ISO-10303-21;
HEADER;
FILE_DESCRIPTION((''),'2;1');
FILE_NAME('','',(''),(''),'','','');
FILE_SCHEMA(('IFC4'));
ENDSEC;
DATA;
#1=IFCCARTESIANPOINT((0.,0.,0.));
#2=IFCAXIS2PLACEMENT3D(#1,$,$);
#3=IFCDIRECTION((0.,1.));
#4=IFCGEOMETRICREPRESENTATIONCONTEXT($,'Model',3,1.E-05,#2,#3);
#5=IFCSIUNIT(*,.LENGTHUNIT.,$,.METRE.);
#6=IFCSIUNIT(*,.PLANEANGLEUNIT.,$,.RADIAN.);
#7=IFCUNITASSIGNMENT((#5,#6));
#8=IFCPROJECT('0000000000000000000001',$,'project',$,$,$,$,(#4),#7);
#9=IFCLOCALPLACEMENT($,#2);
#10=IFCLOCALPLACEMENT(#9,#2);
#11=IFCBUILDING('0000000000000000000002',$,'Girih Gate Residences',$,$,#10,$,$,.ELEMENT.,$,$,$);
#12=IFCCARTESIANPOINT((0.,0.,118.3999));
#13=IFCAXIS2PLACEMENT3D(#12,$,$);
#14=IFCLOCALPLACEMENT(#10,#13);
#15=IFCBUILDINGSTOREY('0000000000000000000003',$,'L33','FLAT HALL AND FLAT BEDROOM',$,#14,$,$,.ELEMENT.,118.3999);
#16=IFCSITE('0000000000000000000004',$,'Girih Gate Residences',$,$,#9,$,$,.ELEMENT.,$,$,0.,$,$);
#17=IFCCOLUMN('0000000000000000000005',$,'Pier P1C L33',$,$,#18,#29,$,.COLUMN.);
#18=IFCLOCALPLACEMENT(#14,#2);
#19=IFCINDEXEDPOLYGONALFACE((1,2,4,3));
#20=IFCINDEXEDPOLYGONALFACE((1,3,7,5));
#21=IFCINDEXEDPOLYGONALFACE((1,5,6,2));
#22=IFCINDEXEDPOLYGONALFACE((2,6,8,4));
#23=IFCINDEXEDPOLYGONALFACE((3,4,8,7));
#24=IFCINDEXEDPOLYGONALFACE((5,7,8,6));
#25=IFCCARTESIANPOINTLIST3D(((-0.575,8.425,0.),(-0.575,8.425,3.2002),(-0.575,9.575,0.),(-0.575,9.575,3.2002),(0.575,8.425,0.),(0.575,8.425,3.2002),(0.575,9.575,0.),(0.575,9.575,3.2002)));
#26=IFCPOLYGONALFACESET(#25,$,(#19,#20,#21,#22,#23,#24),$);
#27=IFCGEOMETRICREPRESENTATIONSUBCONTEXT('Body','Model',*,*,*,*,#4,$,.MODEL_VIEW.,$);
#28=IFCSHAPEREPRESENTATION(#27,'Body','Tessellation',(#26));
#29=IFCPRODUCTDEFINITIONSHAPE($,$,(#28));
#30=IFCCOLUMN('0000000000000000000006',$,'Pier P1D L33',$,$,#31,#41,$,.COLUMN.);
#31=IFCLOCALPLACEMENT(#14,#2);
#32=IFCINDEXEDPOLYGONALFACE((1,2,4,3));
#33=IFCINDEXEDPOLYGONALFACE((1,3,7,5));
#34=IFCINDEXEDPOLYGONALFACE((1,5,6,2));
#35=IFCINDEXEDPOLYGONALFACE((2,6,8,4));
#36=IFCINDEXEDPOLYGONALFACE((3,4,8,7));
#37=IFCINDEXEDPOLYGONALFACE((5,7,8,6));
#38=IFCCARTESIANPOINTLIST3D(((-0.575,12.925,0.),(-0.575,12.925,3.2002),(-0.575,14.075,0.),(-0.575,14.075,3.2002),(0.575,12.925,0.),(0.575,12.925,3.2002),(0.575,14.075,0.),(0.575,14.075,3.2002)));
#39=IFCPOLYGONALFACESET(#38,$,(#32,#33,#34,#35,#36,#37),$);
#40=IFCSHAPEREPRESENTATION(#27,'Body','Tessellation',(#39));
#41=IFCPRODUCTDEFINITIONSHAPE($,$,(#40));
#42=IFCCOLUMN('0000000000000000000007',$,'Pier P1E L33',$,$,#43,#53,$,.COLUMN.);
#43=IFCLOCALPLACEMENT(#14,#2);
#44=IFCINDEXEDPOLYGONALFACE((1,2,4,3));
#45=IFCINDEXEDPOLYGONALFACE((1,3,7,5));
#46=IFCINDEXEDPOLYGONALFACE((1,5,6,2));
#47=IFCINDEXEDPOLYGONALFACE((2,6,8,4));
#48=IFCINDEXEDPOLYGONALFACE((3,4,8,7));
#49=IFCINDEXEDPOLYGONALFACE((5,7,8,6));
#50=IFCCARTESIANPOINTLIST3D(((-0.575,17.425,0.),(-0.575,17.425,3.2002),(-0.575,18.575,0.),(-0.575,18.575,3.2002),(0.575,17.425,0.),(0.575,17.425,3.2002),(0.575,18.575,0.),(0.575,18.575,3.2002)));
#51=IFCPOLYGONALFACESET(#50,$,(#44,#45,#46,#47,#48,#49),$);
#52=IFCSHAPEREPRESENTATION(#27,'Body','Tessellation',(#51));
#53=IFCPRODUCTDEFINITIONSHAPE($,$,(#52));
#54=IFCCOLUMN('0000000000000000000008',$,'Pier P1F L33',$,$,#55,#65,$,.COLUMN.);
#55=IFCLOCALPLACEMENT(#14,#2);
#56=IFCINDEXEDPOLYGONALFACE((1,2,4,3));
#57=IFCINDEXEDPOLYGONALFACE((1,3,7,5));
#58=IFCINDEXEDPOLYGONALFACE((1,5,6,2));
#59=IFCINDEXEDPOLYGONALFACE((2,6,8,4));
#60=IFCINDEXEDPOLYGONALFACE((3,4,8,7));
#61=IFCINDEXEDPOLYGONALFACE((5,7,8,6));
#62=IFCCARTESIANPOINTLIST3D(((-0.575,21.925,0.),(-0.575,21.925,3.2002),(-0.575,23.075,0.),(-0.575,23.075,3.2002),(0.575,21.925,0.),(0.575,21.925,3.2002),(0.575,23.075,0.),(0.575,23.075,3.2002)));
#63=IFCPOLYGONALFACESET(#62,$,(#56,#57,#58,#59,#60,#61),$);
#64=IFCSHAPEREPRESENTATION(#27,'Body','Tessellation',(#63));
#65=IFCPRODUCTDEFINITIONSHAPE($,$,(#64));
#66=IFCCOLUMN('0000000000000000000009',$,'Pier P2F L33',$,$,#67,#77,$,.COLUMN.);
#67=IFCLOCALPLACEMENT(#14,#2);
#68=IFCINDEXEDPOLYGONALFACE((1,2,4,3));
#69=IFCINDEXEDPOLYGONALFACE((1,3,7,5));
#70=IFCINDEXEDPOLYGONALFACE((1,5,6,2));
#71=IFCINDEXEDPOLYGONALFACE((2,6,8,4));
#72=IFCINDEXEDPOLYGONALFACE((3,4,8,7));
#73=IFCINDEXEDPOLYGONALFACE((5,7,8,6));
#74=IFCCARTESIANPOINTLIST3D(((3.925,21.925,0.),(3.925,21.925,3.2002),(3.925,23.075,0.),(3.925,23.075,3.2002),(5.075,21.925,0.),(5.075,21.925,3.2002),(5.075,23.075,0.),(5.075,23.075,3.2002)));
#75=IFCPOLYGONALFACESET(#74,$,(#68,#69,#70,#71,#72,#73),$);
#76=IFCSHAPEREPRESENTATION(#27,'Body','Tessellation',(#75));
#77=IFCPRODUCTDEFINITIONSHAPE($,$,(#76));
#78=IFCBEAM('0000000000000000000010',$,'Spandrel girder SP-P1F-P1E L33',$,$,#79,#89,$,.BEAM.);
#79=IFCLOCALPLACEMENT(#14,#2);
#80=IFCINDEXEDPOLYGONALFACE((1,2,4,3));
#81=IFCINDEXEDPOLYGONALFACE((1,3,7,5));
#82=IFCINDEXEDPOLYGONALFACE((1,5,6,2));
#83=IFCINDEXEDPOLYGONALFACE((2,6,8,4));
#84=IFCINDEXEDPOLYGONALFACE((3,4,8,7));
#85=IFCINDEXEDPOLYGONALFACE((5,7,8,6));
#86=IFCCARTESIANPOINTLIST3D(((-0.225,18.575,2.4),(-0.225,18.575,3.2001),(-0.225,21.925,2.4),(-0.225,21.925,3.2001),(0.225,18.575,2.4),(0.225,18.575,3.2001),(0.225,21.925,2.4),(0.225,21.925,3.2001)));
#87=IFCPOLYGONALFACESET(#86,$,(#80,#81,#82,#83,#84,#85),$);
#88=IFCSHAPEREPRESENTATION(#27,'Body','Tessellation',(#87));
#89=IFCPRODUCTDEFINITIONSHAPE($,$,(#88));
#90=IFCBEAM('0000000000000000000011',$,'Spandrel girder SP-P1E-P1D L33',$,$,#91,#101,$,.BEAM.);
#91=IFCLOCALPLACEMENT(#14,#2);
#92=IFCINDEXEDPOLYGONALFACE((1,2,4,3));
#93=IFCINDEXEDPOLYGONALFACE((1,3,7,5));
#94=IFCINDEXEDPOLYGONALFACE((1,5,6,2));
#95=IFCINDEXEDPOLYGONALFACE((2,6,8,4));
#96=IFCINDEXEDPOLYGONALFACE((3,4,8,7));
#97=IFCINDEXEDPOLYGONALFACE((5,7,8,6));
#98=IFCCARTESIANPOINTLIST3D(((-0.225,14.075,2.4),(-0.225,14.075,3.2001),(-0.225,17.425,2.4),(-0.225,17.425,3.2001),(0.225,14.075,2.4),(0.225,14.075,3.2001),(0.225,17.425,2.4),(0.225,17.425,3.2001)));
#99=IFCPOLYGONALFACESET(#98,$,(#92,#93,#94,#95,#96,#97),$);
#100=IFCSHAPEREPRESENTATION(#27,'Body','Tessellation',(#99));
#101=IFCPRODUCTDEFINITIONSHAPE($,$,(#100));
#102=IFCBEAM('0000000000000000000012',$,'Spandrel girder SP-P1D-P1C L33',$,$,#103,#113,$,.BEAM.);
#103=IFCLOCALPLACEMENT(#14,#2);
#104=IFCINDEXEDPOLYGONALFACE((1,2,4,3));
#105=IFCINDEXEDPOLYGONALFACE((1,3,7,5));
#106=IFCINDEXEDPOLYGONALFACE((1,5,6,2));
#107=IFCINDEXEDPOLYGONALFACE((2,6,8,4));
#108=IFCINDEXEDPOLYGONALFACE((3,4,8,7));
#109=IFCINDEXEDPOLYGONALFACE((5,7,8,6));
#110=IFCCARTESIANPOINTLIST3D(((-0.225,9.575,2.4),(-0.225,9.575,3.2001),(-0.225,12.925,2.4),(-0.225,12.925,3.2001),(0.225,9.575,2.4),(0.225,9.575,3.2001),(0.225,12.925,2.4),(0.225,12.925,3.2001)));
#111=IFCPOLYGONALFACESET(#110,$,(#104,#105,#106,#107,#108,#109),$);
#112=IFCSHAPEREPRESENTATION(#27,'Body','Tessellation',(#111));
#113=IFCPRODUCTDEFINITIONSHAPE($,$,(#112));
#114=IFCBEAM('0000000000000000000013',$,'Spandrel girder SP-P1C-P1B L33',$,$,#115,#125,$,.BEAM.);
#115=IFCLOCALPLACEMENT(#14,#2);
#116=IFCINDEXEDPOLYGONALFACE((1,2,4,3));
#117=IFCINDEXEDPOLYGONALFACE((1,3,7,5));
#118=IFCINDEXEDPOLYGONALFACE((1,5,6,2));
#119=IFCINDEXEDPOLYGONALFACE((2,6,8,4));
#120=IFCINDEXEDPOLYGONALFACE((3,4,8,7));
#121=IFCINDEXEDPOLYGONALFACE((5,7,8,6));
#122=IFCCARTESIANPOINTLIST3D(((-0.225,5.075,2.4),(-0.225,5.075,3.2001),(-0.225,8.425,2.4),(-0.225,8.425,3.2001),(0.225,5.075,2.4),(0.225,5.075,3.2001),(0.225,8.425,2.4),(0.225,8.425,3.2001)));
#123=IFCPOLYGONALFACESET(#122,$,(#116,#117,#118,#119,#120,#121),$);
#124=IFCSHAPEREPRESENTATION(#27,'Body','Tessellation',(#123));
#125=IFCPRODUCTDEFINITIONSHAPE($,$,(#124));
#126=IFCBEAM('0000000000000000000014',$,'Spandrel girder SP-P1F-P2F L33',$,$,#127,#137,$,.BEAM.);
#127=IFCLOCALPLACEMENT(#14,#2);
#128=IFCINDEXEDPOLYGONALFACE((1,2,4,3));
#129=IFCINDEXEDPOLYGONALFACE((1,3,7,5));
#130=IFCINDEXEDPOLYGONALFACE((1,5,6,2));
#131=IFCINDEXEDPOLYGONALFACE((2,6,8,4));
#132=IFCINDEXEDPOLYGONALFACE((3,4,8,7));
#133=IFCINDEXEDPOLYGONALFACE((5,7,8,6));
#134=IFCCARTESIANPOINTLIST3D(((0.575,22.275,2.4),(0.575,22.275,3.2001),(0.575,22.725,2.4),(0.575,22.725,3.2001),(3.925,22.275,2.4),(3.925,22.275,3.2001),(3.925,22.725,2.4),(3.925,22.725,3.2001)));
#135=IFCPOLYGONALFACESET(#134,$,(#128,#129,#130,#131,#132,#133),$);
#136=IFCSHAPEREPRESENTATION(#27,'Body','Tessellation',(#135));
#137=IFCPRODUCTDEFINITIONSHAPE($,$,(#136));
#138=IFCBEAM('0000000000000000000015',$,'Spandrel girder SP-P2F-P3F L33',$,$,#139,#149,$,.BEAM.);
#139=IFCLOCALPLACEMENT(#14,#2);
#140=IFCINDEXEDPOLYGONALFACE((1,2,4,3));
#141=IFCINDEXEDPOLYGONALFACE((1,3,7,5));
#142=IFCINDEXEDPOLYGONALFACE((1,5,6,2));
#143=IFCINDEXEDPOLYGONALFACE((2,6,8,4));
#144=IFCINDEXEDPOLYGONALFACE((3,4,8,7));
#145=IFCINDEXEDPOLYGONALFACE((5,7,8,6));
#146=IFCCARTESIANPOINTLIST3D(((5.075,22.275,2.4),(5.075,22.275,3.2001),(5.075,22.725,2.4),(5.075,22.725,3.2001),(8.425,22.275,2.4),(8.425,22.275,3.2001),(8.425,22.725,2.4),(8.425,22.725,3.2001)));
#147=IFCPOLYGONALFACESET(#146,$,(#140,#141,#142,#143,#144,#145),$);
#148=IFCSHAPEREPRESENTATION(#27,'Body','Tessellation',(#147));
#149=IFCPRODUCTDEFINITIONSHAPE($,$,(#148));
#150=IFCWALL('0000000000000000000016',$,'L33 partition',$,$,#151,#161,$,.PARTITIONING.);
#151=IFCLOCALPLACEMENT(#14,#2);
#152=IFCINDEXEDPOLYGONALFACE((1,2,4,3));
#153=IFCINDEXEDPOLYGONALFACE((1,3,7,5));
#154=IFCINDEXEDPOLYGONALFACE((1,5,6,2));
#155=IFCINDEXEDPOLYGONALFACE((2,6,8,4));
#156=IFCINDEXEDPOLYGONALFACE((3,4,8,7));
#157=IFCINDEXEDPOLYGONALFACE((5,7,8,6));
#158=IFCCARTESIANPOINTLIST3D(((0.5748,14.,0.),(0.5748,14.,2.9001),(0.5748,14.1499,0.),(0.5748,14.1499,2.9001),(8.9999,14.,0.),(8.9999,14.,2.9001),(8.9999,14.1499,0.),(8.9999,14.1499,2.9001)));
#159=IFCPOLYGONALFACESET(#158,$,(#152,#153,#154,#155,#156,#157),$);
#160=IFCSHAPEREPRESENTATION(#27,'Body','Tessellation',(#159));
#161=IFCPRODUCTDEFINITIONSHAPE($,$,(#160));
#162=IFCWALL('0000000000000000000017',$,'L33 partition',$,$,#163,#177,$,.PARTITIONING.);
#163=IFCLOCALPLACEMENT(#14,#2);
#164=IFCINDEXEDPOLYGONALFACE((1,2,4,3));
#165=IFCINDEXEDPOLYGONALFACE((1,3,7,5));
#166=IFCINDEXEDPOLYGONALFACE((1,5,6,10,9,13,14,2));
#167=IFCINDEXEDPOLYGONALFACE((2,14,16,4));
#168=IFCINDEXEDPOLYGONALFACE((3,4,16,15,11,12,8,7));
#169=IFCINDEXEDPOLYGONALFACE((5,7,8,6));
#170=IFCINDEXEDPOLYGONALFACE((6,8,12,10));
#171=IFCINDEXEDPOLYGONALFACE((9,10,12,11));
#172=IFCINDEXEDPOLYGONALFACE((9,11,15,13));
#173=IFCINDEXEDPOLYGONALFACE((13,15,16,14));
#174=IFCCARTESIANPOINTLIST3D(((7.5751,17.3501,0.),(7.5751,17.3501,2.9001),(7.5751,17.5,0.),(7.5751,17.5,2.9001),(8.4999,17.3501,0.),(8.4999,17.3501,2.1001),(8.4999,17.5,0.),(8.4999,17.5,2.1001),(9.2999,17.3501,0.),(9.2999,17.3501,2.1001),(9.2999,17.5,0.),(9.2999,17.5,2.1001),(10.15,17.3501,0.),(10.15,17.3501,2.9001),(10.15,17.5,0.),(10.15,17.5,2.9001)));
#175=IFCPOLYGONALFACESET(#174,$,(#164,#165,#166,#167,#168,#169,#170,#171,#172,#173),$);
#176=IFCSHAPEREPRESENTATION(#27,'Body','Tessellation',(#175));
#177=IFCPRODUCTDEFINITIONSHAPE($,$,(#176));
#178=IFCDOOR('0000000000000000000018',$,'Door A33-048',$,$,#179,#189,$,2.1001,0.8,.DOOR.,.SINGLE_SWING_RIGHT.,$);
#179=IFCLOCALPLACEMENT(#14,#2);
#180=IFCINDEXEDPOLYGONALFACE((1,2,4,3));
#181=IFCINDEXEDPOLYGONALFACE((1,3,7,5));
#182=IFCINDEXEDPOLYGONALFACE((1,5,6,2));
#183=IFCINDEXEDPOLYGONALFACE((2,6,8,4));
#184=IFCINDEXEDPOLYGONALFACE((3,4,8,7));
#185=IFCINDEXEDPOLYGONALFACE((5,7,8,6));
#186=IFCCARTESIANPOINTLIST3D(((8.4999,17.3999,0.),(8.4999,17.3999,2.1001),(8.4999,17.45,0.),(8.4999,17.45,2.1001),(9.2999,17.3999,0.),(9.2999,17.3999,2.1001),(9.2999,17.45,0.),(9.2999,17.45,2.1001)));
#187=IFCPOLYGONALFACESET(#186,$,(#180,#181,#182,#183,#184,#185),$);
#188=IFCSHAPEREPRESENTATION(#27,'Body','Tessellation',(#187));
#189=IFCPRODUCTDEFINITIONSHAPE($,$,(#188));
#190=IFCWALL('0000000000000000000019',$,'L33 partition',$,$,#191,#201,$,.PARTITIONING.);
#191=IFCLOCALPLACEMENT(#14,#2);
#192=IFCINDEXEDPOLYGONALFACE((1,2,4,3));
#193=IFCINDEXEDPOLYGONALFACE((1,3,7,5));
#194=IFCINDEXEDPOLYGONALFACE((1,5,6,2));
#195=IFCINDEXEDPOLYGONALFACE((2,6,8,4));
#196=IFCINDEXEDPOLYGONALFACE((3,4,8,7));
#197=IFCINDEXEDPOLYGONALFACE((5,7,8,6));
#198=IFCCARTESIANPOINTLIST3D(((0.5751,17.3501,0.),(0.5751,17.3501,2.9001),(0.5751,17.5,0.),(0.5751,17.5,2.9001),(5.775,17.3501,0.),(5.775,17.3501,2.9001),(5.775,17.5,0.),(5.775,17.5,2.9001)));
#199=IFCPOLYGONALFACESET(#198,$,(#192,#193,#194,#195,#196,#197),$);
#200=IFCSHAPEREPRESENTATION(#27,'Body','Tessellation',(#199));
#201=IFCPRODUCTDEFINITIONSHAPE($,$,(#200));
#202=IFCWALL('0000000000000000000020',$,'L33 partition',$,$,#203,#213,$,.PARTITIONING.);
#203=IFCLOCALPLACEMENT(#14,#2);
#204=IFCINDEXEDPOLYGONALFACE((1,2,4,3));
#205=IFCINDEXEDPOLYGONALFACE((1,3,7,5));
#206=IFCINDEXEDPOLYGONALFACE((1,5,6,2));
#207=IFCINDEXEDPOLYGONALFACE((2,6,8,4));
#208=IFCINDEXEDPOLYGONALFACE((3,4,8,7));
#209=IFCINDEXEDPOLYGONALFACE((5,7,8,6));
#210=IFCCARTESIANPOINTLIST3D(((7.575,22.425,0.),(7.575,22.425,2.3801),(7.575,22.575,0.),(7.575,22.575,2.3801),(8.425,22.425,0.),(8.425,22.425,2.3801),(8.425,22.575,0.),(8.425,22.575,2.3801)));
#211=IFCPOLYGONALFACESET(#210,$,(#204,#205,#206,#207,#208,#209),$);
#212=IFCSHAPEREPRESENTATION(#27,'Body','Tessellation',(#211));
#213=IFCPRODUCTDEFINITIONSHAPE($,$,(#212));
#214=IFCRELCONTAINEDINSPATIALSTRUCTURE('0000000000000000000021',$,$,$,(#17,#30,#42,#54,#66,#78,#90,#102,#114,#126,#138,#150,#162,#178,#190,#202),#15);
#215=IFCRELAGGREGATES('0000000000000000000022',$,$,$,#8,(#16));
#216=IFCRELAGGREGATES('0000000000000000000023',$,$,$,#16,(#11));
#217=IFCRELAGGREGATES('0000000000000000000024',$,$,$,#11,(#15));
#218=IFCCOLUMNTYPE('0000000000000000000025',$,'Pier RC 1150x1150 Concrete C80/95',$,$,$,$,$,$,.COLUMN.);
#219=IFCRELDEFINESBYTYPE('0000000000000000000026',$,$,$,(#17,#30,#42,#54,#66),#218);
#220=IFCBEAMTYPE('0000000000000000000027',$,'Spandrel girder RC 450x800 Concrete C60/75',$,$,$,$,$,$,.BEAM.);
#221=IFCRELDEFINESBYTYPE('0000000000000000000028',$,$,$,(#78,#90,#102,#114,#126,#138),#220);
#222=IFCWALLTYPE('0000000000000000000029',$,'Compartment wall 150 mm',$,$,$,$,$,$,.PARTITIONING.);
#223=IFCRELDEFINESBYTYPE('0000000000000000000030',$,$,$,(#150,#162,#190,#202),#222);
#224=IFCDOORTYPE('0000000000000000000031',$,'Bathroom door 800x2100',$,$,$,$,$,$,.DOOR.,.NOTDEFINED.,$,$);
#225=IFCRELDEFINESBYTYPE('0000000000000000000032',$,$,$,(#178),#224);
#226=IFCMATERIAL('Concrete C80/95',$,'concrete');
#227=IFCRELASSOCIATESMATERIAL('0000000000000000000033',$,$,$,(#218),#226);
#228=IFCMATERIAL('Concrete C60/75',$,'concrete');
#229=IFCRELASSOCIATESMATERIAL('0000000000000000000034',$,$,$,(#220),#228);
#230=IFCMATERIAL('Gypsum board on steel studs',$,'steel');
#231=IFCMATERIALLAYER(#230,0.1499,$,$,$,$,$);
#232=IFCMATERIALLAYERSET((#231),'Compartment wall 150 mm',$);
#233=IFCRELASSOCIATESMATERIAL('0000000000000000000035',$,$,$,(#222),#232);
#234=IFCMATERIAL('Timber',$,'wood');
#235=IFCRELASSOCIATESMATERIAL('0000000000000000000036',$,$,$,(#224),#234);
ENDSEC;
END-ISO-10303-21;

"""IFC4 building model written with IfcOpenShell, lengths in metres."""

from ifc_helpers import new_model, si_unit, direction, frame, frame_2d, origin, origin_2d, place, context, subcontext, project, spatial, rectangle, extrude, material, layer, layer_set, material_profile, profile_set, type_object, element, fill, save


model = new_model("IFC4")

# Units and contexts
model_context = context("Model", 3, precision=1e-05, world=origin(), true_north=direction((0.0, 1.0)))
body_context = subcontext(model_context, "Body", "Model", "MODEL_VIEW")
ifc_project = project(units=[si_unit("LENGTHUNIT", "METRE"), si_unit("PLANEANGLEUNIT", "RADIAN")], contexts=[model_context])

# Site, building, storey
site_placement = place(None, origin())
site = spatial("IfcSite", under=ifc_project, at=site_placement, Name="Girih Gate Residences", CompositionType="ELEMENT", RefElevation=0.0)
building_placement = place(site_placement, origin())
building = spatial("IfcBuilding", under=site, at=building_placement, Name="Girih Gate Residences", CompositionType="ELEMENT")
storey_placement = place(building_placement, frame((0.0, 0.0, 118.3999)))
storey = spatial("IfcBuildingStorey", under=building, at=storey_placement, Name="L33", Description="FLAT HALL AND FLAT BEDROOM", CompositionType="ELEMENT", Elevation=118.3999)

# Columns
ifc_material_1 = material(Name="Concrete C80/95", Category="concrete")
ifc_material_profile_1 = material_profile(ifc_material_1, rectangle(XDim=1.1499, YDim=1.1499, at=origin_2d()))
ifc_profile_set_1 = profile_set([ifc_material_profile_1], Name="Concrete C80/95")
column_type = type_object("IfcColumnType", Name="Pier RC 1150x1150 Concrete C80/95", PredefinedType="COLUMN", material=ifc_profile_set_1)
for number, where, z_axis, x_axis, name in (
    (1, (0.0, 9.0, 0.0), (0.0, 0.0, 1.0), (1.0, 0.0, 0.0), "Pier P1C L33"),
    (2, (0.0, 13.5, 0.0), (0.0, 0.0, 1.0), (1.0, 0.0, 0.0), "Pier P1D L33"),
    (3, (0.0, 18.0, 0.0), (0.0, 0.0, 1.0), (1.0, 0.0, 0.0), "Pier P1E L33"),
    (4, (0.0, 22.5, 0.0), (0.0, 0.0, 1.0), (1.0, 0.0, 0.0), "Pier P1F L33"),
    (5, (4.5, 22.5, 0.0), (0.0, 0.0, 1.0), (1.0, 0.0, 0.0), "Pier P2F L33"),
):
    element("IfcColumn", number, at=place(storey_placement, frame(where, z_axis=z_axis, x_axis=x_axis)), inside=storey, type_object=column_type, Name=name, PredefinedType="COLUMN", context=body_context, shape_type="SweptSolid", body=[
        extrude(rectangle(XDim=1.1499, YDim=1.1499, at=origin_2d()), origin(), (0.0, 0.0, 1.0), 3.2002),
    ])

# Beams
ifc_material_2 = material(Name="Concrete C60/75", Category="concrete")
ifc_material_profile_2 = material_profile(ifc_material_2, rectangle(XDim=0.45, YDim=0.8, at=origin_2d()))
ifc_profile_set_2 = profile_set([ifc_material_profile_2], Name="Concrete C60/75")
beam_type = type_object("IfcBeamType", Name="Spandrel girder RC 450x800 Concrete C60/75", PredefinedType="BEAM", material=ifc_profile_set_2)
for number, where, z_axis, x_axis, name in (
    (6, (0.0, 21.925, 2.8), (0.0, -1.0, 0.0), (1.0, 0.0, 0.0), "Spandrel girder SP-P1F-P1E L33"),
    (7, (0.0, 17.425, 2.8), (0.0, -1.0, 0.0), (1.0, 0.0, 0.0), "Spandrel girder SP-P1E-P1D L33"),
    (8, (0.0, 12.925, 2.8), (0.0, -1.0, 0.0), (1.0, 0.0, 0.0), "Spandrel girder SP-P1D-P1C L33"),
    (9, (0.0, 8.425, 2.8), (0.0, -1.0, 0.0), (1.0, 0.0, 0.0), "Spandrel girder SP-P1C-P1B L33"),
    (10, (0.575, 22.5, 2.8), (1.0, 0.0, 0.0), (0.0, 1.0, 0.0), "Spandrel girder SP-P1F-P2F L33"),
    (11, (5.075, 22.5, 2.8), (1.0, 0.0, 0.0), (0.0, 1.0, 0.0), "Spandrel girder SP-P2F-P3F L33"),
):
    element("IfcBeam", number, at=place(storey_placement, frame(where, z_axis=z_axis, x_axis=x_axis)), inside=storey, type_object=beam_type, Name=name, PredefinedType="BEAM", context=body_context, shape_type="SweptSolid", body=[
        extrude(rectangle(XDim=0.45, YDim=0.8, at=origin_2d()), origin(), (0.0, 0.0, 1.0), 3.3501),
    ])

# Wall
ifc_material_3 = material(Name="Gypsum board on steel studs", Category="steel")
ifc_layer_1 = layer(ifc_material_3, 0.1499)
ifc_layer_set_1 = layer_set([ifc_layer_1], Name="Compartment wall 150 mm")
wall_type_1 = type_object("IfcWallType", Name="Compartment wall 150 mm", PredefinedType="PARTITIONING", material=ifc_layer_set_1)
wall_1_placement = place(storey_placement, frame((0.575, 14.075, 0.0), z_axis=(0.0, 0.0, 1.0), x_axis=(1.0, 0.0, 0.0)))
element("IfcWall", 12, at=wall_1_placement, inside=storey, type_object=wall_type_1, Name="L33 partition", PredefinedType="PARTITIONING", context=body_context, shape_type="SweptSolid", body=[
    extrude(rectangle(XDim=8.425, YDim=0.1499, at=frame_2d((4.2124, 0.0))), origin(), (0.0, 0.0, 1.0), 2.9001),
])

# Wall, opening, door
wall_2_placement = place(storey_placement, frame((7.575, 17.425, 0.0), z_axis=(0.0, 0.0, 1.0), x_axis=(1.0, 0.0, 0.0)))
wall_2 = element("IfcWall", 13, at=wall_2_placement, inside=storey, type_object=wall_type_1, Name="L33 partition", PredefinedType="PARTITIONING", context=body_context, shape_type="SweptSolid", body=[
    extrude(rectangle(XDim=2.575, YDim=0.1499, at=frame_2d((1.2876, 0.0))), origin(), (0.0, 0.0, 1.0), 2.9001),
])
opening_1_placement = place(wall_2_placement, frame((0.925, 0.0, 0.0)))
opening_1 = element("IfcOpeningElement", 14, at=opening_1_placement, cuts=wall_2, PredefinedType="OPENING", context=body_context, shape_type="SweptSolid", body=[
    extrude(rectangle(XDim=0.8, YDim=2.1001, at=frame_2d((0.3999, 1.05))), frame((0.0, 0.085, 0.0), z_axis=(0.0, -1.0, 0.0), x_axis=(1.0, 0.0, 0.0)), (0.0, 0.0, 1.0), 0.1699),
])
ifc_material_4 = material(Name="Timber", Category="wood")
door_type_1 = type_object("IfcDoorType", Name="Bathroom door 800x2100", OperationType="NOTDEFINED", PredefinedType="DOOR", material=ifc_material_4)
door_1_placement = place(opening_1_placement, origin())
door_1 = element("IfcDoor", 15, at=door_1_placement, inside=storey, type_object=door_type_1, Name="Door A33-048", OperationType="SINGLE_SWING_RIGHT", OverallHeight=2.1001, OverallWidth=0.8, PredefinedType="DOOR", context=body_context, shape_type="SweptSolid", body=[
    extrude(rectangle(XDim=0.8, YDim=2.1001, at=frame_2d((0.3999, 1.05))), frame((0.0, 0.0249, 0.0), z_axis=(0.0, -1.0, 0.0), x_axis=(1.0, 0.0, 0.0)), (0.0, 0.0, 1.0), 0.05),
])
fill(opening_1, door_1)

# Walls
wall_3_placement = place(storey_placement, frame((0.575, 17.425, 0.0), z_axis=(0.0, 0.0, 1.0), x_axis=(1.0, 0.0, 0.0)))
element("IfcWall", 16, at=wall_3_placement, inside=storey, type_object=wall_type_1, Name="L33 partition", PredefinedType="PARTITIONING", context=body_context, shape_type="SweptSolid", body=[
    extrude(rectangle(XDim=5.2, YDim=0.1499, at=frame_2d((2.6001, 0.0))), origin(), (0.0, 0.0, 1.0), 2.9001),
])
wall_4_placement = place(storey_placement, frame((7.575, 22.5, 0.0), z_axis=(0.0, 0.0, 1.0), x_axis=(1.0, 0.0, 0.0)))
element("IfcWall", 17, at=wall_4_placement, inside=storey, type_object=wall_type_1, Name="L33 partition", PredefinedType="PARTITIONING", context=body_context, shape_type="SweptSolid", body=[
    extrude(rectangle(XDim=0.8501, YDim=0.1499, at=frame_2d((0.425, 0.0))), origin(), (0.0, 0.0, 1.0), 2.3801),
])

save(model, "model.ifc")
